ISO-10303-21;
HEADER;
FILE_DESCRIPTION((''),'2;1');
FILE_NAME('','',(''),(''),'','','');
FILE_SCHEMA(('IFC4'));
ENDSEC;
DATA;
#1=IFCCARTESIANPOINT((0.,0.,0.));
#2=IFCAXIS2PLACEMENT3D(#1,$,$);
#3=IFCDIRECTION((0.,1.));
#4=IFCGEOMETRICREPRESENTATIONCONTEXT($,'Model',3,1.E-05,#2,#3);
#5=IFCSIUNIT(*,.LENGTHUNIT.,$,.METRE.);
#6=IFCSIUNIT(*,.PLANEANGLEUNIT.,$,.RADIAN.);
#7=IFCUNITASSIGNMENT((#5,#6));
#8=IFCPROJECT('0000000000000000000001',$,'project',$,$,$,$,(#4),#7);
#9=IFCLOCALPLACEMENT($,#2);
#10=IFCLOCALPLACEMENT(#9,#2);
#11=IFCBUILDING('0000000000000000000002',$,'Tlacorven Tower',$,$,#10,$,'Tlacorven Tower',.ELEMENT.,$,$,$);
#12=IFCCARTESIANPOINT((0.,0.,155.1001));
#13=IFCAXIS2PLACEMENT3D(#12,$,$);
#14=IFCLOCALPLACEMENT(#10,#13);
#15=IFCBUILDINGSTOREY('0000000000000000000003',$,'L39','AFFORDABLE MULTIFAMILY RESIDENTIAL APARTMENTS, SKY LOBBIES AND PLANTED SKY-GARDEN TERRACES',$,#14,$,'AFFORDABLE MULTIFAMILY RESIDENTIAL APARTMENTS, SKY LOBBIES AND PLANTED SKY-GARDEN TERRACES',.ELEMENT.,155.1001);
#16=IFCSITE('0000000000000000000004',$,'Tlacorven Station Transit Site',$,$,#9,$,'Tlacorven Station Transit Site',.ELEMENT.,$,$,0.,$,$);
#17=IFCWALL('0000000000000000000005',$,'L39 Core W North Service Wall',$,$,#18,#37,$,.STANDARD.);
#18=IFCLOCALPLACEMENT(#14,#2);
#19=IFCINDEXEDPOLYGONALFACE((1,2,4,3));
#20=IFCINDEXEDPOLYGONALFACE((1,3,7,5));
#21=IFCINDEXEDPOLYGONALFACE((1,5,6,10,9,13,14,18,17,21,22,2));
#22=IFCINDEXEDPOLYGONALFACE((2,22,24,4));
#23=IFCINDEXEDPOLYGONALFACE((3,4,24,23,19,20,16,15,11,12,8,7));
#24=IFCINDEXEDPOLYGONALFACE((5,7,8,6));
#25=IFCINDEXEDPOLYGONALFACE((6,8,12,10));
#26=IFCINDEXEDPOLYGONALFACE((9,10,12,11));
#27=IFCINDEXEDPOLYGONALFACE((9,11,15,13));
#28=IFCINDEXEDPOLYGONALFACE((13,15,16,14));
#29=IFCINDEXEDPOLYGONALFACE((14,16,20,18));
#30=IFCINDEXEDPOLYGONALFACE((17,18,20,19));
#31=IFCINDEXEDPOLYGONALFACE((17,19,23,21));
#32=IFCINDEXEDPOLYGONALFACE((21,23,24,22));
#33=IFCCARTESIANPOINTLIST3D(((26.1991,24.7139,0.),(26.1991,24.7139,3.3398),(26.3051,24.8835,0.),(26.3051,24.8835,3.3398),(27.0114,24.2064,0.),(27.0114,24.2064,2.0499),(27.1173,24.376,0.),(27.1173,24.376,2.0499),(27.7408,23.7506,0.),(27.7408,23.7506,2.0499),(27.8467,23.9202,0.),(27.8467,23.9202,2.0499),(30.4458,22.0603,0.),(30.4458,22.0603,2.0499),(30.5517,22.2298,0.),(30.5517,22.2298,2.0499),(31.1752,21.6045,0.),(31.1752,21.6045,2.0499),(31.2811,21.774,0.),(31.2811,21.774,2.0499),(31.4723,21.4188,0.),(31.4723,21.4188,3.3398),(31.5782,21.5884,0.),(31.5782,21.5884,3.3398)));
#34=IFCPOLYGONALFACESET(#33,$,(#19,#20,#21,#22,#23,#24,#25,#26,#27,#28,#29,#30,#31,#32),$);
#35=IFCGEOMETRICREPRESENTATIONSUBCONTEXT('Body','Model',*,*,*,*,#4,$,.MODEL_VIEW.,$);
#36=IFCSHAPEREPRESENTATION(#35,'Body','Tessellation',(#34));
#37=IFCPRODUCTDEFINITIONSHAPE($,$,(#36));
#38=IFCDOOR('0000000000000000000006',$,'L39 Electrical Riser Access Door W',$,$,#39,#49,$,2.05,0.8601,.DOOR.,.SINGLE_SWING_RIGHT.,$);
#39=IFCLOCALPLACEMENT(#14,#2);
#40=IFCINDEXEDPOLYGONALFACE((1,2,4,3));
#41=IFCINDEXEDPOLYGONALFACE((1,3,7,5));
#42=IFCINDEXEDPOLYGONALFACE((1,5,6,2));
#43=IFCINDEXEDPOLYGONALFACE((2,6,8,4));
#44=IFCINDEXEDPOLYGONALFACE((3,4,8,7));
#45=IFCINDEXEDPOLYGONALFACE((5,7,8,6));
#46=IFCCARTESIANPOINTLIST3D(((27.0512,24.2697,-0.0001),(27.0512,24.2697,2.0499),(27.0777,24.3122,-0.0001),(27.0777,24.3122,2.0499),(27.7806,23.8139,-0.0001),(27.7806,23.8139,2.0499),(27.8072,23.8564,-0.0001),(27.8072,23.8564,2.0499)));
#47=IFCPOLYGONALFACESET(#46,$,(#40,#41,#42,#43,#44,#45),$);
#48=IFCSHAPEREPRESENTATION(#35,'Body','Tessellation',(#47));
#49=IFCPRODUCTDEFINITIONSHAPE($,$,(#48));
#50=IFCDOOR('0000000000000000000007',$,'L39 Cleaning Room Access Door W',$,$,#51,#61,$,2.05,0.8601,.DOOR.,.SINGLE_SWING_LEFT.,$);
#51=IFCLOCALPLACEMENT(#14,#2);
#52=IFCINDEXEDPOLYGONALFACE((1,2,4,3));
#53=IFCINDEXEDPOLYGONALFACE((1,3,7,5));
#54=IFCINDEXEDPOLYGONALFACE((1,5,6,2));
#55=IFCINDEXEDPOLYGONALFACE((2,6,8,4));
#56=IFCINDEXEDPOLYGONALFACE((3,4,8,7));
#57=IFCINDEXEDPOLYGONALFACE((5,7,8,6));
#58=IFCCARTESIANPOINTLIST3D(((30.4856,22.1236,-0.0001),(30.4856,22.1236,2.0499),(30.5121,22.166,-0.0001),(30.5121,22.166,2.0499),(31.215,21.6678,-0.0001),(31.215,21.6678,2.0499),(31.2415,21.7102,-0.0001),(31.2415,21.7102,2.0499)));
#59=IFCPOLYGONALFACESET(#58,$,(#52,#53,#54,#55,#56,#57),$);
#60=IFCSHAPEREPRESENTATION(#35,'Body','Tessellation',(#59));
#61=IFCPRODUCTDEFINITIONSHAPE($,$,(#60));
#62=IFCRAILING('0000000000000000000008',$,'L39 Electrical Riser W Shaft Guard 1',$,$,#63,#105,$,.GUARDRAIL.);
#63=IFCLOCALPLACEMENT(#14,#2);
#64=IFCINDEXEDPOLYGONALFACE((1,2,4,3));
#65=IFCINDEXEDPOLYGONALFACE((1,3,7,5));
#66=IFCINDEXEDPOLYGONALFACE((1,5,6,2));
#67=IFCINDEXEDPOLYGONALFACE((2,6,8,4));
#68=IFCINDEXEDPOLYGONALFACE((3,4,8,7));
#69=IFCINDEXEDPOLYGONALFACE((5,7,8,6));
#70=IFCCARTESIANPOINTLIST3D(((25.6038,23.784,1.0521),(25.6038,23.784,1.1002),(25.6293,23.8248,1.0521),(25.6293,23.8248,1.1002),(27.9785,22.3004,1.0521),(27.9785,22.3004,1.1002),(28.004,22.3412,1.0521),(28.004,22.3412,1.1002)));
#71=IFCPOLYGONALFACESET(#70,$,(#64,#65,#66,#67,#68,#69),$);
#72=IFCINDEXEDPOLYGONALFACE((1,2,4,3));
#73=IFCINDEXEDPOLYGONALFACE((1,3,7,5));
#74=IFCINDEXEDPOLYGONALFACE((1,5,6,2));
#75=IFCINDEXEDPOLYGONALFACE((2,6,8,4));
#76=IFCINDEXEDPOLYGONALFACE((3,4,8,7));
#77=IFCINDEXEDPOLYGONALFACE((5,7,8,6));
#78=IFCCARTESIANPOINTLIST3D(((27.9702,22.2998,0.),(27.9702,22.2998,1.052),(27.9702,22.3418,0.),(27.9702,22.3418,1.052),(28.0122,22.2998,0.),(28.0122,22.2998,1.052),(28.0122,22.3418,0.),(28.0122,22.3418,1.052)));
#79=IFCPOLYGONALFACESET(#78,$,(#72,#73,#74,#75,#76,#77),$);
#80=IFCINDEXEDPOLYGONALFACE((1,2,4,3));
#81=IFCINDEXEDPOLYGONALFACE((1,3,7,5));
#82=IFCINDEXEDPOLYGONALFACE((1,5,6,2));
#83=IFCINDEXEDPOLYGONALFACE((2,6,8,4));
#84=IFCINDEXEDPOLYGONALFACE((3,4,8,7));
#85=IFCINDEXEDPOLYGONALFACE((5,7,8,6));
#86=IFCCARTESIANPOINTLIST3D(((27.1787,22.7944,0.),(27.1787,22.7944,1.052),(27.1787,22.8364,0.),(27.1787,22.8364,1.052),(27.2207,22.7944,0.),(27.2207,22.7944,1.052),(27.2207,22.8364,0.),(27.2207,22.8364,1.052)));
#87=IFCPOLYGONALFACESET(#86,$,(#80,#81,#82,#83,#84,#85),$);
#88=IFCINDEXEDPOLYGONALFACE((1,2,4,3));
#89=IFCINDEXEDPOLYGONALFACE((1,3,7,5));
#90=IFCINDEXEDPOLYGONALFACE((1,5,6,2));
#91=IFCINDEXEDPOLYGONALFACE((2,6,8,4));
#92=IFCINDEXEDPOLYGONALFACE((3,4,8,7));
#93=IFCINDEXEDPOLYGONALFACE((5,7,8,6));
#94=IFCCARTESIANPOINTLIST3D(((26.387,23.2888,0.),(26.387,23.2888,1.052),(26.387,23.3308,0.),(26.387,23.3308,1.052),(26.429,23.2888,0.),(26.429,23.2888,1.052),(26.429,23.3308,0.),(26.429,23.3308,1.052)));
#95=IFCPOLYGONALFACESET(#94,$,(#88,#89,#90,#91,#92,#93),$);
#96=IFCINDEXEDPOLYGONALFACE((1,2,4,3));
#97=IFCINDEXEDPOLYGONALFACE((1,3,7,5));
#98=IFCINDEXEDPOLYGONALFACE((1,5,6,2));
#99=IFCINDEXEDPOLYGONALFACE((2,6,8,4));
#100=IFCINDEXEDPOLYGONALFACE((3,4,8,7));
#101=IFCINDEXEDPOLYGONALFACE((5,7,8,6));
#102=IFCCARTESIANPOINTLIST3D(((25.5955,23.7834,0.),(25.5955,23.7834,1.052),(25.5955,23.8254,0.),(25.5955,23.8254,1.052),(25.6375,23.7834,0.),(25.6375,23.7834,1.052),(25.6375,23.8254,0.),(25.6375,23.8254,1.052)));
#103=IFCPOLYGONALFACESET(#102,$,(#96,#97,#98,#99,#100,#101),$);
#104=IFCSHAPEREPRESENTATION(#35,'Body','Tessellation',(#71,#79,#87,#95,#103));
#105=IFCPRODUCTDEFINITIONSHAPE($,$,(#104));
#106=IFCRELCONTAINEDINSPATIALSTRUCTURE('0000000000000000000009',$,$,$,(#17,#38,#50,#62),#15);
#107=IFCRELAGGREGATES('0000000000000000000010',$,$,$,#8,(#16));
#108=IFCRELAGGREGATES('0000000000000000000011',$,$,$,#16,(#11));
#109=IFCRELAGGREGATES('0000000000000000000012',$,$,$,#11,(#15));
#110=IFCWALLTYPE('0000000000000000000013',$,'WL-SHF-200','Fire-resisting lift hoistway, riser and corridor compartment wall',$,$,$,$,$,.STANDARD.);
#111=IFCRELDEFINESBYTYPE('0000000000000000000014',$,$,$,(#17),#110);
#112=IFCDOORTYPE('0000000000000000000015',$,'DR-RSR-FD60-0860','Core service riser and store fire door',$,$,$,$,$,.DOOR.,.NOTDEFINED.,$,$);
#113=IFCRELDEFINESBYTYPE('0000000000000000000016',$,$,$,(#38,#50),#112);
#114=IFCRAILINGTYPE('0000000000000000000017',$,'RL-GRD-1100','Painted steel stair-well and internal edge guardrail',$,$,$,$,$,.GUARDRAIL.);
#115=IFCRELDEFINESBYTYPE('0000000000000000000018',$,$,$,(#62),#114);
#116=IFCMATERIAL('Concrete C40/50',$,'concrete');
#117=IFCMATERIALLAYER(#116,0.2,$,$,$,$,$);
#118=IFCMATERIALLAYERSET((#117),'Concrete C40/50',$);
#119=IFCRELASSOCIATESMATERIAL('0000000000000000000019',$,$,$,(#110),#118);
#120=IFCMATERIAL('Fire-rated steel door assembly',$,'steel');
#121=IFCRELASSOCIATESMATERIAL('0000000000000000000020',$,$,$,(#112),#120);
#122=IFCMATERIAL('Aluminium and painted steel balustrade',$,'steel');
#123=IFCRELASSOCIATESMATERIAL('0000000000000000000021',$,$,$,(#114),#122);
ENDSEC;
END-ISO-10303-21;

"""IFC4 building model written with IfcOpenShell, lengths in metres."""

from ifc_helpers import new_model, si_unit, direction, frame, frame_2d, origin, origin_2d, place, context, subcontext, project, spatial, rectangle, extrude, source, transform, mapped, material, layer, layer_set, type_object, element, fill, save


model = new_model("IFC4")

# Units and contexts
model_context = context("Model", 3, precision=1e-05, world=origin(), true_north=direction((0.0, 1.0)))
body_context = subcontext(model_context, "Body", "Model", "MODEL_VIEW")
ifc_project = project(units=[si_unit("LENGTHUNIT", "METRE"), si_unit("PLANEANGLEUNIT", "RADIAN")], contexts=[model_context])

# Site, building, storey
site_placement = place(None, origin())
site = spatial("IfcSite", under=ifc_project, at=site_placement, Name="Tlacorven Station Transit Site", LongName="Tlacorven Station Transit Site", CompositionType="ELEMENT", RefElevation=0.0)
building_placement = place(site_placement, origin())
building = spatial("IfcBuilding", under=site, at=building_placement, Name="Tlacorven Tower", LongName="Tlacorven Tower", CompositionType="ELEMENT")
storey_placement = place(building_placement, frame((0.0, 0.0, 155.1001)))
storey = spatial("IfcBuildingStorey", under=building, at=storey_placement, Name="L39", Description="AFFORDABLE MULTIFAMILY RESIDENTIAL APARTMENTS, SKY LOBBIES AND PLANTED SKY-GARDEN TERRACES", LongName="AFFORDABLE MULTIFAMILY RESIDENTIAL APARTMENTS, SKY LOBBIES AND PLANTED SKY-GARDEN TERRACES", CompositionType="ELEMENT", Elevation=155.1001)

# Shared definitions
ifc_material_1 = material(Name="Concrete C40/50", Category="concrete")
ifc_layer_1 = layer(ifc_material_1, 0.2)
ifc_layer_set_1 = layer_set([ifc_layer_1], Name="Concrete C40/50")
wall_type_1 = type_object("IfcWallType", Name="WL-SHF-200", Description="Fire-resisting lift hoistway, riser and corridor compartment wall", PredefinedType="STANDARD", material=ifc_layer_set_1)

# Shared definitions
ifc_material_2 = material(Name="Fire-rated steel door assembly", Category="steel")

# Wall, openings, doors
wall_1_placement = place(storey_placement, frame((31.5251, 21.5037, 0.0), z_axis=(0.0, 0.0, 1.0), x_axis=(-0.84804, 0.529932, 0.0)))
wall_1 = element("IfcWall", 1, at=wall_1_placement, inside=storey, type_object=wall_type_1, Name="L39 Core W North Service Wall", PredefinedType="STANDARD", context=body_context, shape_type="SweptSolid", body=[
    extrude(rectangle(XDim=6.218, YDim=0.2, at=frame_2d((3.1089, 0.0))), origin(), (0.0, 0.0, 1.0), 3.3398),
])
opening_1_placement = place(wall_1_placement, frame((4.3999, 0.0, 0.0)))
opening_1 = element("IfcOpeningElement", 2, at=opening_1_placement, cuts=wall_1, PredefinedType="OPENING", context=body_context, shape_type="SweptSolid", body=[
    extrude(rectangle(XDim=0.8601, YDim=2.05, at=frame_2d((0.4302, 1.0249))), frame((0.0, 0.1099, 0.0), z_axis=(0.0, -1.0, 0.0), x_axis=(1.0, 0.0, 0.0)), (0.0, 0.0, 1.0), 0.22),
])
opening_2_placement = place(wall_1_placement, frame((0.3501, 0.0, 0.0)))
opening_2 = element("IfcOpeningElement", 3, at=opening_2_placement, cuts=wall_1, PredefinedType="OPENING", context=body_context, shape_type="SweptSolid", body=[
    extrude(rectangle(XDim=0.8601, YDim=2.05, at=frame_2d((0.4302, 1.0249))), frame((0.0, 0.1099, 0.0), z_axis=(0.0, -1.0, 0.0), x_axis=(1.0, 0.0, 0.0)), (0.0, 0.0, 1.0), 0.22),
])
door_type_1 = type_object("IfcDoorType", Name="DR-RSR-FD60-0860", Description="Core service riser and store fire door", OperationType="NOTDEFINED", PredefinedType="DOOR", material=ifc_material_2)
shared_shape_1 = source(origin(), body_context, "Body", "SweptSolid", [
    extrude(rectangle(XDim=0.8601, YDim=2.05, at=frame_2d((0.4302, 1.0249))), frame((0.0, 0.0249, 0.0), z_axis=(0.0, -1.0, 0.0), x_axis=(1.0, 0.0, 0.0)), (0.0, 0.0, 1.0), 0.05),
])
door_1_placement = place(opening_1_placement, frame((0.8601, 0.0, 0.0), z_axis=(0.0, 0.0, 1.0), x_axis=(-1.0, 0.0, 0.0)))
door_1 = element("IfcDoor", 4, at=door_1_placement, inside=storey, type_object=door_type_1, Name="L39 Electrical Riser Access Door W", OperationType="SINGLE_SWING_RIGHT", OverallHeight=2.05, OverallWidth=0.8601, PredefinedType="DOOR", context=body_context, shape_type="MappedRepresentation", body=[
    mapped(shared_shape_1, transform((0.0, 0.0, 0.0), scale=1.0)),
])
fill(opening_1, door_1)
door_2_placement = place(opening_2_placement, frame((0.8601, 0.0, 0.0), z_axis=(0.0, 0.0, 1.0), x_axis=(-1.0, 0.0, 0.0)))
door_2 = element("IfcDoor", 5, at=door_2_placement, inside=storey, type_object=door_type_1, Name="L39 Cleaning Room Access Door W", OperationType="SINGLE_SWING_LEFT", OverallHeight=2.05, OverallWidth=0.8601, PredefinedType="DOOR", context=body_context, shape_type="MappedRepresentation", body=[
    mapped(shared_shape_1, transform((0.0, 0.0, 0.0), scale=1.0)),
])
fill(opening_2, door_2)

# Railing
ifc_material_3 = material(Name="Aluminium and painted steel balustrade", Category="steel")
railing_type = type_object("IfcRailingType", Name="RL-GRD-1100", Description="Painted steel stair-well and internal edge guardrail", PredefinedType="GUARDRAIL", material=ifc_material_3)
shared_shape_2 = source(origin(), body_context, "Body", "SweptSolid", [
    extrude(rectangle(XDim=0.0481, YDim=0.0481, at=origin_2d()), frame((0.0, 0.0, 1.0762), z_axis=(-0.848091, 0.52985, 0.0), x_axis=(-0.52985, -0.848091, 0.0)), (0.0, 0.0, 1.0), 2.8),
    extrude(rectangle(XDim=0.042, YDim=0.042, at=origin_2d()), origin(), (0.0, 0.0, 1.0), 1.052),
    extrude(rectangle(XDim=0.042, YDim=0.042, at=origin_2d()), frame((-0.7915, 0.4946, 0.0)), (0.0, 0.0, 1.0), 1.052),
    extrude(rectangle(XDim=0.042, YDim=0.042, at=origin_2d()), frame((-1.5833, 0.989, 0.0)), (0.0, 0.0, 1.0), 1.052),
    extrude(rectangle(XDim=0.042, YDim=0.042, at=origin_2d()), frame((-2.3748, 1.4836, 0.0)), (0.0, 0.0, 1.0), 1.052),
])
railing_placement = place(storey_placement, frame((27.9912, 22.3208, 0.0)))
element("IfcRailing", 6, at=railing_placement, inside=storey, type_object=railing_type, Name="L39 Electrical Riser W Shaft Guard 1", PredefinedType="GUARDRAIL", context=body_context, shape_type="MappedRepresentation", body=[
    mapped(shared_shape_2, transform((0.0, 0.0, 0.0), scale=1.0)),
])

save(model, "model.ifc")
